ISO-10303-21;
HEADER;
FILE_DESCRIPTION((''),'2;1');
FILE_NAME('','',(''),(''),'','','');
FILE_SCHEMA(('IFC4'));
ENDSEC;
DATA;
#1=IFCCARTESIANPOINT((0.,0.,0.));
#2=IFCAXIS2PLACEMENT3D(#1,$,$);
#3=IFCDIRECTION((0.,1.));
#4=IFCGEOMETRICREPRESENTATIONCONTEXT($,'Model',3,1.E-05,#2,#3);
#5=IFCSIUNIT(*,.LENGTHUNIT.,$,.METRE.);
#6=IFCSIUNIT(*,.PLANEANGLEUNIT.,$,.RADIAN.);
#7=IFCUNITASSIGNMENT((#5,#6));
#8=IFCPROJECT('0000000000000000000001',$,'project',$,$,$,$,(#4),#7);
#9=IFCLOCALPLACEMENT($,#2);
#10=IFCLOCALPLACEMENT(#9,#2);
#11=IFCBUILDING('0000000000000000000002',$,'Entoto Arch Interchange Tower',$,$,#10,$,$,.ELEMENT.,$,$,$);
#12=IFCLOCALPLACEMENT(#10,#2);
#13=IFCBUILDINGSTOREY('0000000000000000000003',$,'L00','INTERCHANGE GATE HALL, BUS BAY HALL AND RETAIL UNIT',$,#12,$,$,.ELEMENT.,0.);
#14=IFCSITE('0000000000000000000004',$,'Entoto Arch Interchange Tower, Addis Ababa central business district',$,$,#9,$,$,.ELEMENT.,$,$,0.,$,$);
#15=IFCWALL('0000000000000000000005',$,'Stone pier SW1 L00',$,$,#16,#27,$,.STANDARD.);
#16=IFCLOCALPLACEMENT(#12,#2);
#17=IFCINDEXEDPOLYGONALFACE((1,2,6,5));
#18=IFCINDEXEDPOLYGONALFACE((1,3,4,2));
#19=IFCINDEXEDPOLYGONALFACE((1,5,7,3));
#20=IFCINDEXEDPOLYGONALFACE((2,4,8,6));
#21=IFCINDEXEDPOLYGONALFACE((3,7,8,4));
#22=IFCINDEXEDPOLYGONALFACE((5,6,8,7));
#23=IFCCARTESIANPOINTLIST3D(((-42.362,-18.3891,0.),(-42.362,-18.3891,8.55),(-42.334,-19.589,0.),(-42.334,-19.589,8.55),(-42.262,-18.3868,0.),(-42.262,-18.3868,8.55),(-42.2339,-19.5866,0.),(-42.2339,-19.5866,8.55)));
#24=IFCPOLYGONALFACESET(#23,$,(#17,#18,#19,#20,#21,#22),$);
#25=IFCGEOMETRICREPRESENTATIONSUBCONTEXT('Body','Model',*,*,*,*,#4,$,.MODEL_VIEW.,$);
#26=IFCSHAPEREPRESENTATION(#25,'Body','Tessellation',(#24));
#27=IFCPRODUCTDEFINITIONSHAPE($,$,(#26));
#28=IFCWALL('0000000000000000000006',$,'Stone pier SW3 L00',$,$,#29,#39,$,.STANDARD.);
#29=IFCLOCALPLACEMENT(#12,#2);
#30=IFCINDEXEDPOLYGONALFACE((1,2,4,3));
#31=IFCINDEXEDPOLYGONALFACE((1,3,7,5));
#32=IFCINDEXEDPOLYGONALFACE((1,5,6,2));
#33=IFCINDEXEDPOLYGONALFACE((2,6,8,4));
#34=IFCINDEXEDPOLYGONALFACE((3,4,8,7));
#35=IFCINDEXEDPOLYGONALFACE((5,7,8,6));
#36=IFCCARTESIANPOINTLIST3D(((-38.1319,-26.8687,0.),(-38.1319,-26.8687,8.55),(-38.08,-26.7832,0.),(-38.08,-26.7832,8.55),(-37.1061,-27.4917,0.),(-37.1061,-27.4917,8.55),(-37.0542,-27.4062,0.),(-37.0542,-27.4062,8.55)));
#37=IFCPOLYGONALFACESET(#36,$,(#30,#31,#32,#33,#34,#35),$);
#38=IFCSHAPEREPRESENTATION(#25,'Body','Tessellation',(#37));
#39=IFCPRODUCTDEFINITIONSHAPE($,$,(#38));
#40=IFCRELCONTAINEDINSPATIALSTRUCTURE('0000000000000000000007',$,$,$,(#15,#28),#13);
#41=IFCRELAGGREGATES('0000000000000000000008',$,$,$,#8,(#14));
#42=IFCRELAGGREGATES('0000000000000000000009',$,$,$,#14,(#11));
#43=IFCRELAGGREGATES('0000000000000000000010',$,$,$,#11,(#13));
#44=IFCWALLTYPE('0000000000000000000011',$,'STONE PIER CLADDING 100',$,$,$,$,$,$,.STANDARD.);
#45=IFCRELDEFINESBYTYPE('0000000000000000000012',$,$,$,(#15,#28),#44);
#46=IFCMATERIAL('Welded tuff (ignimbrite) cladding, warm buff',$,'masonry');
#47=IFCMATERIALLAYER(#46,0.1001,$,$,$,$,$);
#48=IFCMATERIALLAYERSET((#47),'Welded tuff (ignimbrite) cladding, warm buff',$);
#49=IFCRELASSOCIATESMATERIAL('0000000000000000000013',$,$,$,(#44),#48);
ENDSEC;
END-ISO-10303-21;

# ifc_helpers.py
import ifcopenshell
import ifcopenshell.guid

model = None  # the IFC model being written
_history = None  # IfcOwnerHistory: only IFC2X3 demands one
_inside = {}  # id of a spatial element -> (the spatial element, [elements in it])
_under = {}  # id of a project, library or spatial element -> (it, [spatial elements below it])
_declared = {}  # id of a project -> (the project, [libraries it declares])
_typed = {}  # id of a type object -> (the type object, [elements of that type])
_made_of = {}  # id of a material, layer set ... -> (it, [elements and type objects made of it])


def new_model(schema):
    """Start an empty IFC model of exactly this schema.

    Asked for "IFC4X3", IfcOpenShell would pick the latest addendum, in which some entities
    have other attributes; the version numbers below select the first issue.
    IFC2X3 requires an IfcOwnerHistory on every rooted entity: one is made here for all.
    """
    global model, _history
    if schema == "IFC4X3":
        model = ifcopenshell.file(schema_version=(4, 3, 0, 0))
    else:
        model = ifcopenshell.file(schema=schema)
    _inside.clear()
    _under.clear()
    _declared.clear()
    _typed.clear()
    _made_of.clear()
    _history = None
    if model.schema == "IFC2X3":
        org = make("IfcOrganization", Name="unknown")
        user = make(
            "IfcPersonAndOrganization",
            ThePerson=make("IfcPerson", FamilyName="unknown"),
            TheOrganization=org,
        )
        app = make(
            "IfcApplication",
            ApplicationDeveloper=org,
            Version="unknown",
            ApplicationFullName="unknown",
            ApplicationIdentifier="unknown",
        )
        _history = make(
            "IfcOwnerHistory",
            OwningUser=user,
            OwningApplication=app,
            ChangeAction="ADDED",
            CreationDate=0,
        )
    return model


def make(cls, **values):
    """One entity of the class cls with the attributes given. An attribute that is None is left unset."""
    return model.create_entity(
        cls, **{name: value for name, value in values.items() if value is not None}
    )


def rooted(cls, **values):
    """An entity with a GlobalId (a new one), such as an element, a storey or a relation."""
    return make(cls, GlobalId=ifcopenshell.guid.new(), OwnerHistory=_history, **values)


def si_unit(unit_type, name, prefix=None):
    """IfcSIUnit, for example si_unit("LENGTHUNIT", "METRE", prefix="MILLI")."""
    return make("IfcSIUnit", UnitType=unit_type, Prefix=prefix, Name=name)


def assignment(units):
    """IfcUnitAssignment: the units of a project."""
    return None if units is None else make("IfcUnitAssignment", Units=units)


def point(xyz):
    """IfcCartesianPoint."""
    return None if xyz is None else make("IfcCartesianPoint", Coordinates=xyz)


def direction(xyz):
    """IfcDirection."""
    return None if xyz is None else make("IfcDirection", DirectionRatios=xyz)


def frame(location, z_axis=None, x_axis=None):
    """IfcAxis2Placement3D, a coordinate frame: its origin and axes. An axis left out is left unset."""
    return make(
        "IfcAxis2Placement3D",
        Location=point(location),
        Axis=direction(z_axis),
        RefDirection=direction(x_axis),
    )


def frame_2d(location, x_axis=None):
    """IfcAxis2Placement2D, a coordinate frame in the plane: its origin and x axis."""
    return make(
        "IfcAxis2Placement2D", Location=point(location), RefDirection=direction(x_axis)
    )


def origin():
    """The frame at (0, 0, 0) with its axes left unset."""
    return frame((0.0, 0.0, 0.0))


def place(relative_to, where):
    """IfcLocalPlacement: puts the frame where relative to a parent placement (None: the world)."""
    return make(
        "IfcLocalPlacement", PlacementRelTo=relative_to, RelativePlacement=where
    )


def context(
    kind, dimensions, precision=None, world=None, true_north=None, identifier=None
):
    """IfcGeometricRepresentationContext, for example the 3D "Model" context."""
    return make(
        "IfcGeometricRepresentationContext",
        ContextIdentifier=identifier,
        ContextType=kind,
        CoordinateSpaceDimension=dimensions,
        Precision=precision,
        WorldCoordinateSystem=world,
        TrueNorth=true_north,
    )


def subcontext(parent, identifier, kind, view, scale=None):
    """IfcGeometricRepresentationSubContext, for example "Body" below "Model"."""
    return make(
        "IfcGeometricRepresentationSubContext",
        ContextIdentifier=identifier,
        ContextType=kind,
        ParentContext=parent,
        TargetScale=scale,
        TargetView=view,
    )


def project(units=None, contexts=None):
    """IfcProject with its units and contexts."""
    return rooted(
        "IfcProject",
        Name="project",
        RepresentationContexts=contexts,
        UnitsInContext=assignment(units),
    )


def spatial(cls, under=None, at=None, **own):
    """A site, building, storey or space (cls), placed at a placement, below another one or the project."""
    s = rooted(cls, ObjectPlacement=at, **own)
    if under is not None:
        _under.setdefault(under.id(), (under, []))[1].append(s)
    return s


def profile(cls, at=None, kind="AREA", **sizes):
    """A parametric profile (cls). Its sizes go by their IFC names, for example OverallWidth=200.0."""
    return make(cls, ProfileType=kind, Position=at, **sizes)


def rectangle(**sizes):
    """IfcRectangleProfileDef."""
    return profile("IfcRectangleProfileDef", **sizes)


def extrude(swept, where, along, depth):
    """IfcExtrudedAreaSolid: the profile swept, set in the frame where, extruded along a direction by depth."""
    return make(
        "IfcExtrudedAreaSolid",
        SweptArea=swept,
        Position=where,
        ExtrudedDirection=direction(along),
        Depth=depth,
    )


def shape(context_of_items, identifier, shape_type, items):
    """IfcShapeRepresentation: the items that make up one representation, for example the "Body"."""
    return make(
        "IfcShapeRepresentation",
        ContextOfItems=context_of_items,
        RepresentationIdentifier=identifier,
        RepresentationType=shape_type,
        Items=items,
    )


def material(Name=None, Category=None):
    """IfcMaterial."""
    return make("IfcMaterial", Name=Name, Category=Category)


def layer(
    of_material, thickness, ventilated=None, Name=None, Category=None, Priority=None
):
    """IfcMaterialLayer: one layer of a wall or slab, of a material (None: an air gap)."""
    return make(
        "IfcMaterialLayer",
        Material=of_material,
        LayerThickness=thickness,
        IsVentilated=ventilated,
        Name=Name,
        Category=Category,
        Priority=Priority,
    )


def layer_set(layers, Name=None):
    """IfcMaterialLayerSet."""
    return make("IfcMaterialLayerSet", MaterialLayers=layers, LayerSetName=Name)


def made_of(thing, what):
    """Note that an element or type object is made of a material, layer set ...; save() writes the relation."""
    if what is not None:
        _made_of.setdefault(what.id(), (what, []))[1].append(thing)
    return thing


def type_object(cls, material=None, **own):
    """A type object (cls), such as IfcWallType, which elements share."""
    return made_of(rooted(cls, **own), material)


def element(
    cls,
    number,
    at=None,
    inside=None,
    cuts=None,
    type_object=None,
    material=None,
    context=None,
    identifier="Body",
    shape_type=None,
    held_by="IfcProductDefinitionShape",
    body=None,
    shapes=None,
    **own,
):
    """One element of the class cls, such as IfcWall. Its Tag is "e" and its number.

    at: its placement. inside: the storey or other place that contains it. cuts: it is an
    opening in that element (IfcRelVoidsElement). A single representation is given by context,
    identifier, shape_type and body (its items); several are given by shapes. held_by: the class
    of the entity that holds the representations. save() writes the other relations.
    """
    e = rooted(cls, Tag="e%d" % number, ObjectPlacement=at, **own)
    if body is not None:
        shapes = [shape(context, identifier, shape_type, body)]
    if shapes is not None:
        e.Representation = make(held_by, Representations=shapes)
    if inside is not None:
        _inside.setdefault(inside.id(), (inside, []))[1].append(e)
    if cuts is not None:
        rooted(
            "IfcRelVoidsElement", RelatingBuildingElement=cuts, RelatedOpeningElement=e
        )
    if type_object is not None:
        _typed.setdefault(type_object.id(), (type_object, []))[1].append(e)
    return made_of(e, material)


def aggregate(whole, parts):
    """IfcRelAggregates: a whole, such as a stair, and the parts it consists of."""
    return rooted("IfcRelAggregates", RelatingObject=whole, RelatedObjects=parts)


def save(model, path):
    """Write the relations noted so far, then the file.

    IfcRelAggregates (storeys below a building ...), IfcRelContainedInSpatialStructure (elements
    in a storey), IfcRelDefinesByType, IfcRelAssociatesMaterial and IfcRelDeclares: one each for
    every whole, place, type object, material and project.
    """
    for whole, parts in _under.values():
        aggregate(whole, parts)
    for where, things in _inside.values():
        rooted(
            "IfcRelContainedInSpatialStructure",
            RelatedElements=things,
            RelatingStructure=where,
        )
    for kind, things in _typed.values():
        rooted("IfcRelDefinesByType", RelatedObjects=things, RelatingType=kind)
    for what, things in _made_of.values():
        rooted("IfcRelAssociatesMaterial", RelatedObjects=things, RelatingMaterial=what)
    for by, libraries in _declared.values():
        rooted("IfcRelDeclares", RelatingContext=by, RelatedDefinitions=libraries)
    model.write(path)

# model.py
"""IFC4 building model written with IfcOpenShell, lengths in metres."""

from ifc_helpers import new_model, si_unit, direction, frame, frame_2d, origin, place, context, subcontext, project, spatial, rectangle, extrude, material, layer, layer_set, type_object, element, save


model = new_model("IFC4")

# Units and contexts
model_context = context("Model", 3, precision=1e-05, world=origin(), true_north=direction((0.0, 1.0)))
body_context = subcontext(model_context, "Body", "Model", "MODEL_VIEW")
ifc_project = project(units=[si_unit("LENGTHUNIT", "METRE"), si_unit("PLANEANGLEUNIT", "RADIAN")], contexts=[model_context])

# Site, building, storey
site_placement = place(None, origin())
site = spatial("IfcSite", under=ifc_project, at=site_placement, Name="Entoto Arch Interchange Tower, Addis Ababa central business district", CompositionType="ELEMENT", RefElevation=0.0)
building_placement = place(site_placement, origin())
building = spatial("IfcBuilding", under=site, at=building_placement, Name="Entoto Arch Interchange Tower", CompositionType="ELEMENT")
storey_placement = place(building_placement, origin())
storey = spatial("IfcBuildingStorey", under=building, at=storey_placement, Name="L00", Description="INTERCHANGE GATE HALL, BUS BAY HALL AND RETAIL UNIT", CompositionType="ELEMENT", Elevation=0.0)

# Walls
ifc_material_1 = material(Name="Welded tuff (ignimbrite) cladding, warm buff", Category="masonry")
ifc_layer_1 = layer(ifc_material_1, 0.1001)
ifc_layer_set_1 = layer_set([ifc_layer_1], Name="Welded tuff (ignimbrite) cladding, warm buff")
wall_type = type_object("IfcWallType", Name="STONE PIER CLADDING 100", PredefinedType="STANDARD", material=ifc_layer_set_1)
for number, where, z_axis, x_axis, name in (
    (1, (-42.312, -18.3879, 0.0), (0.0, 0.0, 1.0), (0.023391, -0.999726, 0.0), "Stone pier SW1 L00"),
    (2, (-38.106, -26.8259, 0.0), (0.0, 0.0, 1.0), (0.854717, -0.519095, 0.0), "Stone pier SW3 L00"),
):
    element("IfcWall", number, at=place(storey_placement, frame(where, z_axis=z_axis, x_axis=x_axis)), inside=storey, type_object=wall_type, Name=name, PredefinedType="STANDARD", context=body_context, shape_type="SweptSolid", body=[
        extrude(rectangle(XDim=1.2002, YDim=0.1001, at=frame_2d((0.6001, 0.0))), origin(), (0.0, 0.0, 1.0), 8.55),
    ])

save(model, "model.ifc")
